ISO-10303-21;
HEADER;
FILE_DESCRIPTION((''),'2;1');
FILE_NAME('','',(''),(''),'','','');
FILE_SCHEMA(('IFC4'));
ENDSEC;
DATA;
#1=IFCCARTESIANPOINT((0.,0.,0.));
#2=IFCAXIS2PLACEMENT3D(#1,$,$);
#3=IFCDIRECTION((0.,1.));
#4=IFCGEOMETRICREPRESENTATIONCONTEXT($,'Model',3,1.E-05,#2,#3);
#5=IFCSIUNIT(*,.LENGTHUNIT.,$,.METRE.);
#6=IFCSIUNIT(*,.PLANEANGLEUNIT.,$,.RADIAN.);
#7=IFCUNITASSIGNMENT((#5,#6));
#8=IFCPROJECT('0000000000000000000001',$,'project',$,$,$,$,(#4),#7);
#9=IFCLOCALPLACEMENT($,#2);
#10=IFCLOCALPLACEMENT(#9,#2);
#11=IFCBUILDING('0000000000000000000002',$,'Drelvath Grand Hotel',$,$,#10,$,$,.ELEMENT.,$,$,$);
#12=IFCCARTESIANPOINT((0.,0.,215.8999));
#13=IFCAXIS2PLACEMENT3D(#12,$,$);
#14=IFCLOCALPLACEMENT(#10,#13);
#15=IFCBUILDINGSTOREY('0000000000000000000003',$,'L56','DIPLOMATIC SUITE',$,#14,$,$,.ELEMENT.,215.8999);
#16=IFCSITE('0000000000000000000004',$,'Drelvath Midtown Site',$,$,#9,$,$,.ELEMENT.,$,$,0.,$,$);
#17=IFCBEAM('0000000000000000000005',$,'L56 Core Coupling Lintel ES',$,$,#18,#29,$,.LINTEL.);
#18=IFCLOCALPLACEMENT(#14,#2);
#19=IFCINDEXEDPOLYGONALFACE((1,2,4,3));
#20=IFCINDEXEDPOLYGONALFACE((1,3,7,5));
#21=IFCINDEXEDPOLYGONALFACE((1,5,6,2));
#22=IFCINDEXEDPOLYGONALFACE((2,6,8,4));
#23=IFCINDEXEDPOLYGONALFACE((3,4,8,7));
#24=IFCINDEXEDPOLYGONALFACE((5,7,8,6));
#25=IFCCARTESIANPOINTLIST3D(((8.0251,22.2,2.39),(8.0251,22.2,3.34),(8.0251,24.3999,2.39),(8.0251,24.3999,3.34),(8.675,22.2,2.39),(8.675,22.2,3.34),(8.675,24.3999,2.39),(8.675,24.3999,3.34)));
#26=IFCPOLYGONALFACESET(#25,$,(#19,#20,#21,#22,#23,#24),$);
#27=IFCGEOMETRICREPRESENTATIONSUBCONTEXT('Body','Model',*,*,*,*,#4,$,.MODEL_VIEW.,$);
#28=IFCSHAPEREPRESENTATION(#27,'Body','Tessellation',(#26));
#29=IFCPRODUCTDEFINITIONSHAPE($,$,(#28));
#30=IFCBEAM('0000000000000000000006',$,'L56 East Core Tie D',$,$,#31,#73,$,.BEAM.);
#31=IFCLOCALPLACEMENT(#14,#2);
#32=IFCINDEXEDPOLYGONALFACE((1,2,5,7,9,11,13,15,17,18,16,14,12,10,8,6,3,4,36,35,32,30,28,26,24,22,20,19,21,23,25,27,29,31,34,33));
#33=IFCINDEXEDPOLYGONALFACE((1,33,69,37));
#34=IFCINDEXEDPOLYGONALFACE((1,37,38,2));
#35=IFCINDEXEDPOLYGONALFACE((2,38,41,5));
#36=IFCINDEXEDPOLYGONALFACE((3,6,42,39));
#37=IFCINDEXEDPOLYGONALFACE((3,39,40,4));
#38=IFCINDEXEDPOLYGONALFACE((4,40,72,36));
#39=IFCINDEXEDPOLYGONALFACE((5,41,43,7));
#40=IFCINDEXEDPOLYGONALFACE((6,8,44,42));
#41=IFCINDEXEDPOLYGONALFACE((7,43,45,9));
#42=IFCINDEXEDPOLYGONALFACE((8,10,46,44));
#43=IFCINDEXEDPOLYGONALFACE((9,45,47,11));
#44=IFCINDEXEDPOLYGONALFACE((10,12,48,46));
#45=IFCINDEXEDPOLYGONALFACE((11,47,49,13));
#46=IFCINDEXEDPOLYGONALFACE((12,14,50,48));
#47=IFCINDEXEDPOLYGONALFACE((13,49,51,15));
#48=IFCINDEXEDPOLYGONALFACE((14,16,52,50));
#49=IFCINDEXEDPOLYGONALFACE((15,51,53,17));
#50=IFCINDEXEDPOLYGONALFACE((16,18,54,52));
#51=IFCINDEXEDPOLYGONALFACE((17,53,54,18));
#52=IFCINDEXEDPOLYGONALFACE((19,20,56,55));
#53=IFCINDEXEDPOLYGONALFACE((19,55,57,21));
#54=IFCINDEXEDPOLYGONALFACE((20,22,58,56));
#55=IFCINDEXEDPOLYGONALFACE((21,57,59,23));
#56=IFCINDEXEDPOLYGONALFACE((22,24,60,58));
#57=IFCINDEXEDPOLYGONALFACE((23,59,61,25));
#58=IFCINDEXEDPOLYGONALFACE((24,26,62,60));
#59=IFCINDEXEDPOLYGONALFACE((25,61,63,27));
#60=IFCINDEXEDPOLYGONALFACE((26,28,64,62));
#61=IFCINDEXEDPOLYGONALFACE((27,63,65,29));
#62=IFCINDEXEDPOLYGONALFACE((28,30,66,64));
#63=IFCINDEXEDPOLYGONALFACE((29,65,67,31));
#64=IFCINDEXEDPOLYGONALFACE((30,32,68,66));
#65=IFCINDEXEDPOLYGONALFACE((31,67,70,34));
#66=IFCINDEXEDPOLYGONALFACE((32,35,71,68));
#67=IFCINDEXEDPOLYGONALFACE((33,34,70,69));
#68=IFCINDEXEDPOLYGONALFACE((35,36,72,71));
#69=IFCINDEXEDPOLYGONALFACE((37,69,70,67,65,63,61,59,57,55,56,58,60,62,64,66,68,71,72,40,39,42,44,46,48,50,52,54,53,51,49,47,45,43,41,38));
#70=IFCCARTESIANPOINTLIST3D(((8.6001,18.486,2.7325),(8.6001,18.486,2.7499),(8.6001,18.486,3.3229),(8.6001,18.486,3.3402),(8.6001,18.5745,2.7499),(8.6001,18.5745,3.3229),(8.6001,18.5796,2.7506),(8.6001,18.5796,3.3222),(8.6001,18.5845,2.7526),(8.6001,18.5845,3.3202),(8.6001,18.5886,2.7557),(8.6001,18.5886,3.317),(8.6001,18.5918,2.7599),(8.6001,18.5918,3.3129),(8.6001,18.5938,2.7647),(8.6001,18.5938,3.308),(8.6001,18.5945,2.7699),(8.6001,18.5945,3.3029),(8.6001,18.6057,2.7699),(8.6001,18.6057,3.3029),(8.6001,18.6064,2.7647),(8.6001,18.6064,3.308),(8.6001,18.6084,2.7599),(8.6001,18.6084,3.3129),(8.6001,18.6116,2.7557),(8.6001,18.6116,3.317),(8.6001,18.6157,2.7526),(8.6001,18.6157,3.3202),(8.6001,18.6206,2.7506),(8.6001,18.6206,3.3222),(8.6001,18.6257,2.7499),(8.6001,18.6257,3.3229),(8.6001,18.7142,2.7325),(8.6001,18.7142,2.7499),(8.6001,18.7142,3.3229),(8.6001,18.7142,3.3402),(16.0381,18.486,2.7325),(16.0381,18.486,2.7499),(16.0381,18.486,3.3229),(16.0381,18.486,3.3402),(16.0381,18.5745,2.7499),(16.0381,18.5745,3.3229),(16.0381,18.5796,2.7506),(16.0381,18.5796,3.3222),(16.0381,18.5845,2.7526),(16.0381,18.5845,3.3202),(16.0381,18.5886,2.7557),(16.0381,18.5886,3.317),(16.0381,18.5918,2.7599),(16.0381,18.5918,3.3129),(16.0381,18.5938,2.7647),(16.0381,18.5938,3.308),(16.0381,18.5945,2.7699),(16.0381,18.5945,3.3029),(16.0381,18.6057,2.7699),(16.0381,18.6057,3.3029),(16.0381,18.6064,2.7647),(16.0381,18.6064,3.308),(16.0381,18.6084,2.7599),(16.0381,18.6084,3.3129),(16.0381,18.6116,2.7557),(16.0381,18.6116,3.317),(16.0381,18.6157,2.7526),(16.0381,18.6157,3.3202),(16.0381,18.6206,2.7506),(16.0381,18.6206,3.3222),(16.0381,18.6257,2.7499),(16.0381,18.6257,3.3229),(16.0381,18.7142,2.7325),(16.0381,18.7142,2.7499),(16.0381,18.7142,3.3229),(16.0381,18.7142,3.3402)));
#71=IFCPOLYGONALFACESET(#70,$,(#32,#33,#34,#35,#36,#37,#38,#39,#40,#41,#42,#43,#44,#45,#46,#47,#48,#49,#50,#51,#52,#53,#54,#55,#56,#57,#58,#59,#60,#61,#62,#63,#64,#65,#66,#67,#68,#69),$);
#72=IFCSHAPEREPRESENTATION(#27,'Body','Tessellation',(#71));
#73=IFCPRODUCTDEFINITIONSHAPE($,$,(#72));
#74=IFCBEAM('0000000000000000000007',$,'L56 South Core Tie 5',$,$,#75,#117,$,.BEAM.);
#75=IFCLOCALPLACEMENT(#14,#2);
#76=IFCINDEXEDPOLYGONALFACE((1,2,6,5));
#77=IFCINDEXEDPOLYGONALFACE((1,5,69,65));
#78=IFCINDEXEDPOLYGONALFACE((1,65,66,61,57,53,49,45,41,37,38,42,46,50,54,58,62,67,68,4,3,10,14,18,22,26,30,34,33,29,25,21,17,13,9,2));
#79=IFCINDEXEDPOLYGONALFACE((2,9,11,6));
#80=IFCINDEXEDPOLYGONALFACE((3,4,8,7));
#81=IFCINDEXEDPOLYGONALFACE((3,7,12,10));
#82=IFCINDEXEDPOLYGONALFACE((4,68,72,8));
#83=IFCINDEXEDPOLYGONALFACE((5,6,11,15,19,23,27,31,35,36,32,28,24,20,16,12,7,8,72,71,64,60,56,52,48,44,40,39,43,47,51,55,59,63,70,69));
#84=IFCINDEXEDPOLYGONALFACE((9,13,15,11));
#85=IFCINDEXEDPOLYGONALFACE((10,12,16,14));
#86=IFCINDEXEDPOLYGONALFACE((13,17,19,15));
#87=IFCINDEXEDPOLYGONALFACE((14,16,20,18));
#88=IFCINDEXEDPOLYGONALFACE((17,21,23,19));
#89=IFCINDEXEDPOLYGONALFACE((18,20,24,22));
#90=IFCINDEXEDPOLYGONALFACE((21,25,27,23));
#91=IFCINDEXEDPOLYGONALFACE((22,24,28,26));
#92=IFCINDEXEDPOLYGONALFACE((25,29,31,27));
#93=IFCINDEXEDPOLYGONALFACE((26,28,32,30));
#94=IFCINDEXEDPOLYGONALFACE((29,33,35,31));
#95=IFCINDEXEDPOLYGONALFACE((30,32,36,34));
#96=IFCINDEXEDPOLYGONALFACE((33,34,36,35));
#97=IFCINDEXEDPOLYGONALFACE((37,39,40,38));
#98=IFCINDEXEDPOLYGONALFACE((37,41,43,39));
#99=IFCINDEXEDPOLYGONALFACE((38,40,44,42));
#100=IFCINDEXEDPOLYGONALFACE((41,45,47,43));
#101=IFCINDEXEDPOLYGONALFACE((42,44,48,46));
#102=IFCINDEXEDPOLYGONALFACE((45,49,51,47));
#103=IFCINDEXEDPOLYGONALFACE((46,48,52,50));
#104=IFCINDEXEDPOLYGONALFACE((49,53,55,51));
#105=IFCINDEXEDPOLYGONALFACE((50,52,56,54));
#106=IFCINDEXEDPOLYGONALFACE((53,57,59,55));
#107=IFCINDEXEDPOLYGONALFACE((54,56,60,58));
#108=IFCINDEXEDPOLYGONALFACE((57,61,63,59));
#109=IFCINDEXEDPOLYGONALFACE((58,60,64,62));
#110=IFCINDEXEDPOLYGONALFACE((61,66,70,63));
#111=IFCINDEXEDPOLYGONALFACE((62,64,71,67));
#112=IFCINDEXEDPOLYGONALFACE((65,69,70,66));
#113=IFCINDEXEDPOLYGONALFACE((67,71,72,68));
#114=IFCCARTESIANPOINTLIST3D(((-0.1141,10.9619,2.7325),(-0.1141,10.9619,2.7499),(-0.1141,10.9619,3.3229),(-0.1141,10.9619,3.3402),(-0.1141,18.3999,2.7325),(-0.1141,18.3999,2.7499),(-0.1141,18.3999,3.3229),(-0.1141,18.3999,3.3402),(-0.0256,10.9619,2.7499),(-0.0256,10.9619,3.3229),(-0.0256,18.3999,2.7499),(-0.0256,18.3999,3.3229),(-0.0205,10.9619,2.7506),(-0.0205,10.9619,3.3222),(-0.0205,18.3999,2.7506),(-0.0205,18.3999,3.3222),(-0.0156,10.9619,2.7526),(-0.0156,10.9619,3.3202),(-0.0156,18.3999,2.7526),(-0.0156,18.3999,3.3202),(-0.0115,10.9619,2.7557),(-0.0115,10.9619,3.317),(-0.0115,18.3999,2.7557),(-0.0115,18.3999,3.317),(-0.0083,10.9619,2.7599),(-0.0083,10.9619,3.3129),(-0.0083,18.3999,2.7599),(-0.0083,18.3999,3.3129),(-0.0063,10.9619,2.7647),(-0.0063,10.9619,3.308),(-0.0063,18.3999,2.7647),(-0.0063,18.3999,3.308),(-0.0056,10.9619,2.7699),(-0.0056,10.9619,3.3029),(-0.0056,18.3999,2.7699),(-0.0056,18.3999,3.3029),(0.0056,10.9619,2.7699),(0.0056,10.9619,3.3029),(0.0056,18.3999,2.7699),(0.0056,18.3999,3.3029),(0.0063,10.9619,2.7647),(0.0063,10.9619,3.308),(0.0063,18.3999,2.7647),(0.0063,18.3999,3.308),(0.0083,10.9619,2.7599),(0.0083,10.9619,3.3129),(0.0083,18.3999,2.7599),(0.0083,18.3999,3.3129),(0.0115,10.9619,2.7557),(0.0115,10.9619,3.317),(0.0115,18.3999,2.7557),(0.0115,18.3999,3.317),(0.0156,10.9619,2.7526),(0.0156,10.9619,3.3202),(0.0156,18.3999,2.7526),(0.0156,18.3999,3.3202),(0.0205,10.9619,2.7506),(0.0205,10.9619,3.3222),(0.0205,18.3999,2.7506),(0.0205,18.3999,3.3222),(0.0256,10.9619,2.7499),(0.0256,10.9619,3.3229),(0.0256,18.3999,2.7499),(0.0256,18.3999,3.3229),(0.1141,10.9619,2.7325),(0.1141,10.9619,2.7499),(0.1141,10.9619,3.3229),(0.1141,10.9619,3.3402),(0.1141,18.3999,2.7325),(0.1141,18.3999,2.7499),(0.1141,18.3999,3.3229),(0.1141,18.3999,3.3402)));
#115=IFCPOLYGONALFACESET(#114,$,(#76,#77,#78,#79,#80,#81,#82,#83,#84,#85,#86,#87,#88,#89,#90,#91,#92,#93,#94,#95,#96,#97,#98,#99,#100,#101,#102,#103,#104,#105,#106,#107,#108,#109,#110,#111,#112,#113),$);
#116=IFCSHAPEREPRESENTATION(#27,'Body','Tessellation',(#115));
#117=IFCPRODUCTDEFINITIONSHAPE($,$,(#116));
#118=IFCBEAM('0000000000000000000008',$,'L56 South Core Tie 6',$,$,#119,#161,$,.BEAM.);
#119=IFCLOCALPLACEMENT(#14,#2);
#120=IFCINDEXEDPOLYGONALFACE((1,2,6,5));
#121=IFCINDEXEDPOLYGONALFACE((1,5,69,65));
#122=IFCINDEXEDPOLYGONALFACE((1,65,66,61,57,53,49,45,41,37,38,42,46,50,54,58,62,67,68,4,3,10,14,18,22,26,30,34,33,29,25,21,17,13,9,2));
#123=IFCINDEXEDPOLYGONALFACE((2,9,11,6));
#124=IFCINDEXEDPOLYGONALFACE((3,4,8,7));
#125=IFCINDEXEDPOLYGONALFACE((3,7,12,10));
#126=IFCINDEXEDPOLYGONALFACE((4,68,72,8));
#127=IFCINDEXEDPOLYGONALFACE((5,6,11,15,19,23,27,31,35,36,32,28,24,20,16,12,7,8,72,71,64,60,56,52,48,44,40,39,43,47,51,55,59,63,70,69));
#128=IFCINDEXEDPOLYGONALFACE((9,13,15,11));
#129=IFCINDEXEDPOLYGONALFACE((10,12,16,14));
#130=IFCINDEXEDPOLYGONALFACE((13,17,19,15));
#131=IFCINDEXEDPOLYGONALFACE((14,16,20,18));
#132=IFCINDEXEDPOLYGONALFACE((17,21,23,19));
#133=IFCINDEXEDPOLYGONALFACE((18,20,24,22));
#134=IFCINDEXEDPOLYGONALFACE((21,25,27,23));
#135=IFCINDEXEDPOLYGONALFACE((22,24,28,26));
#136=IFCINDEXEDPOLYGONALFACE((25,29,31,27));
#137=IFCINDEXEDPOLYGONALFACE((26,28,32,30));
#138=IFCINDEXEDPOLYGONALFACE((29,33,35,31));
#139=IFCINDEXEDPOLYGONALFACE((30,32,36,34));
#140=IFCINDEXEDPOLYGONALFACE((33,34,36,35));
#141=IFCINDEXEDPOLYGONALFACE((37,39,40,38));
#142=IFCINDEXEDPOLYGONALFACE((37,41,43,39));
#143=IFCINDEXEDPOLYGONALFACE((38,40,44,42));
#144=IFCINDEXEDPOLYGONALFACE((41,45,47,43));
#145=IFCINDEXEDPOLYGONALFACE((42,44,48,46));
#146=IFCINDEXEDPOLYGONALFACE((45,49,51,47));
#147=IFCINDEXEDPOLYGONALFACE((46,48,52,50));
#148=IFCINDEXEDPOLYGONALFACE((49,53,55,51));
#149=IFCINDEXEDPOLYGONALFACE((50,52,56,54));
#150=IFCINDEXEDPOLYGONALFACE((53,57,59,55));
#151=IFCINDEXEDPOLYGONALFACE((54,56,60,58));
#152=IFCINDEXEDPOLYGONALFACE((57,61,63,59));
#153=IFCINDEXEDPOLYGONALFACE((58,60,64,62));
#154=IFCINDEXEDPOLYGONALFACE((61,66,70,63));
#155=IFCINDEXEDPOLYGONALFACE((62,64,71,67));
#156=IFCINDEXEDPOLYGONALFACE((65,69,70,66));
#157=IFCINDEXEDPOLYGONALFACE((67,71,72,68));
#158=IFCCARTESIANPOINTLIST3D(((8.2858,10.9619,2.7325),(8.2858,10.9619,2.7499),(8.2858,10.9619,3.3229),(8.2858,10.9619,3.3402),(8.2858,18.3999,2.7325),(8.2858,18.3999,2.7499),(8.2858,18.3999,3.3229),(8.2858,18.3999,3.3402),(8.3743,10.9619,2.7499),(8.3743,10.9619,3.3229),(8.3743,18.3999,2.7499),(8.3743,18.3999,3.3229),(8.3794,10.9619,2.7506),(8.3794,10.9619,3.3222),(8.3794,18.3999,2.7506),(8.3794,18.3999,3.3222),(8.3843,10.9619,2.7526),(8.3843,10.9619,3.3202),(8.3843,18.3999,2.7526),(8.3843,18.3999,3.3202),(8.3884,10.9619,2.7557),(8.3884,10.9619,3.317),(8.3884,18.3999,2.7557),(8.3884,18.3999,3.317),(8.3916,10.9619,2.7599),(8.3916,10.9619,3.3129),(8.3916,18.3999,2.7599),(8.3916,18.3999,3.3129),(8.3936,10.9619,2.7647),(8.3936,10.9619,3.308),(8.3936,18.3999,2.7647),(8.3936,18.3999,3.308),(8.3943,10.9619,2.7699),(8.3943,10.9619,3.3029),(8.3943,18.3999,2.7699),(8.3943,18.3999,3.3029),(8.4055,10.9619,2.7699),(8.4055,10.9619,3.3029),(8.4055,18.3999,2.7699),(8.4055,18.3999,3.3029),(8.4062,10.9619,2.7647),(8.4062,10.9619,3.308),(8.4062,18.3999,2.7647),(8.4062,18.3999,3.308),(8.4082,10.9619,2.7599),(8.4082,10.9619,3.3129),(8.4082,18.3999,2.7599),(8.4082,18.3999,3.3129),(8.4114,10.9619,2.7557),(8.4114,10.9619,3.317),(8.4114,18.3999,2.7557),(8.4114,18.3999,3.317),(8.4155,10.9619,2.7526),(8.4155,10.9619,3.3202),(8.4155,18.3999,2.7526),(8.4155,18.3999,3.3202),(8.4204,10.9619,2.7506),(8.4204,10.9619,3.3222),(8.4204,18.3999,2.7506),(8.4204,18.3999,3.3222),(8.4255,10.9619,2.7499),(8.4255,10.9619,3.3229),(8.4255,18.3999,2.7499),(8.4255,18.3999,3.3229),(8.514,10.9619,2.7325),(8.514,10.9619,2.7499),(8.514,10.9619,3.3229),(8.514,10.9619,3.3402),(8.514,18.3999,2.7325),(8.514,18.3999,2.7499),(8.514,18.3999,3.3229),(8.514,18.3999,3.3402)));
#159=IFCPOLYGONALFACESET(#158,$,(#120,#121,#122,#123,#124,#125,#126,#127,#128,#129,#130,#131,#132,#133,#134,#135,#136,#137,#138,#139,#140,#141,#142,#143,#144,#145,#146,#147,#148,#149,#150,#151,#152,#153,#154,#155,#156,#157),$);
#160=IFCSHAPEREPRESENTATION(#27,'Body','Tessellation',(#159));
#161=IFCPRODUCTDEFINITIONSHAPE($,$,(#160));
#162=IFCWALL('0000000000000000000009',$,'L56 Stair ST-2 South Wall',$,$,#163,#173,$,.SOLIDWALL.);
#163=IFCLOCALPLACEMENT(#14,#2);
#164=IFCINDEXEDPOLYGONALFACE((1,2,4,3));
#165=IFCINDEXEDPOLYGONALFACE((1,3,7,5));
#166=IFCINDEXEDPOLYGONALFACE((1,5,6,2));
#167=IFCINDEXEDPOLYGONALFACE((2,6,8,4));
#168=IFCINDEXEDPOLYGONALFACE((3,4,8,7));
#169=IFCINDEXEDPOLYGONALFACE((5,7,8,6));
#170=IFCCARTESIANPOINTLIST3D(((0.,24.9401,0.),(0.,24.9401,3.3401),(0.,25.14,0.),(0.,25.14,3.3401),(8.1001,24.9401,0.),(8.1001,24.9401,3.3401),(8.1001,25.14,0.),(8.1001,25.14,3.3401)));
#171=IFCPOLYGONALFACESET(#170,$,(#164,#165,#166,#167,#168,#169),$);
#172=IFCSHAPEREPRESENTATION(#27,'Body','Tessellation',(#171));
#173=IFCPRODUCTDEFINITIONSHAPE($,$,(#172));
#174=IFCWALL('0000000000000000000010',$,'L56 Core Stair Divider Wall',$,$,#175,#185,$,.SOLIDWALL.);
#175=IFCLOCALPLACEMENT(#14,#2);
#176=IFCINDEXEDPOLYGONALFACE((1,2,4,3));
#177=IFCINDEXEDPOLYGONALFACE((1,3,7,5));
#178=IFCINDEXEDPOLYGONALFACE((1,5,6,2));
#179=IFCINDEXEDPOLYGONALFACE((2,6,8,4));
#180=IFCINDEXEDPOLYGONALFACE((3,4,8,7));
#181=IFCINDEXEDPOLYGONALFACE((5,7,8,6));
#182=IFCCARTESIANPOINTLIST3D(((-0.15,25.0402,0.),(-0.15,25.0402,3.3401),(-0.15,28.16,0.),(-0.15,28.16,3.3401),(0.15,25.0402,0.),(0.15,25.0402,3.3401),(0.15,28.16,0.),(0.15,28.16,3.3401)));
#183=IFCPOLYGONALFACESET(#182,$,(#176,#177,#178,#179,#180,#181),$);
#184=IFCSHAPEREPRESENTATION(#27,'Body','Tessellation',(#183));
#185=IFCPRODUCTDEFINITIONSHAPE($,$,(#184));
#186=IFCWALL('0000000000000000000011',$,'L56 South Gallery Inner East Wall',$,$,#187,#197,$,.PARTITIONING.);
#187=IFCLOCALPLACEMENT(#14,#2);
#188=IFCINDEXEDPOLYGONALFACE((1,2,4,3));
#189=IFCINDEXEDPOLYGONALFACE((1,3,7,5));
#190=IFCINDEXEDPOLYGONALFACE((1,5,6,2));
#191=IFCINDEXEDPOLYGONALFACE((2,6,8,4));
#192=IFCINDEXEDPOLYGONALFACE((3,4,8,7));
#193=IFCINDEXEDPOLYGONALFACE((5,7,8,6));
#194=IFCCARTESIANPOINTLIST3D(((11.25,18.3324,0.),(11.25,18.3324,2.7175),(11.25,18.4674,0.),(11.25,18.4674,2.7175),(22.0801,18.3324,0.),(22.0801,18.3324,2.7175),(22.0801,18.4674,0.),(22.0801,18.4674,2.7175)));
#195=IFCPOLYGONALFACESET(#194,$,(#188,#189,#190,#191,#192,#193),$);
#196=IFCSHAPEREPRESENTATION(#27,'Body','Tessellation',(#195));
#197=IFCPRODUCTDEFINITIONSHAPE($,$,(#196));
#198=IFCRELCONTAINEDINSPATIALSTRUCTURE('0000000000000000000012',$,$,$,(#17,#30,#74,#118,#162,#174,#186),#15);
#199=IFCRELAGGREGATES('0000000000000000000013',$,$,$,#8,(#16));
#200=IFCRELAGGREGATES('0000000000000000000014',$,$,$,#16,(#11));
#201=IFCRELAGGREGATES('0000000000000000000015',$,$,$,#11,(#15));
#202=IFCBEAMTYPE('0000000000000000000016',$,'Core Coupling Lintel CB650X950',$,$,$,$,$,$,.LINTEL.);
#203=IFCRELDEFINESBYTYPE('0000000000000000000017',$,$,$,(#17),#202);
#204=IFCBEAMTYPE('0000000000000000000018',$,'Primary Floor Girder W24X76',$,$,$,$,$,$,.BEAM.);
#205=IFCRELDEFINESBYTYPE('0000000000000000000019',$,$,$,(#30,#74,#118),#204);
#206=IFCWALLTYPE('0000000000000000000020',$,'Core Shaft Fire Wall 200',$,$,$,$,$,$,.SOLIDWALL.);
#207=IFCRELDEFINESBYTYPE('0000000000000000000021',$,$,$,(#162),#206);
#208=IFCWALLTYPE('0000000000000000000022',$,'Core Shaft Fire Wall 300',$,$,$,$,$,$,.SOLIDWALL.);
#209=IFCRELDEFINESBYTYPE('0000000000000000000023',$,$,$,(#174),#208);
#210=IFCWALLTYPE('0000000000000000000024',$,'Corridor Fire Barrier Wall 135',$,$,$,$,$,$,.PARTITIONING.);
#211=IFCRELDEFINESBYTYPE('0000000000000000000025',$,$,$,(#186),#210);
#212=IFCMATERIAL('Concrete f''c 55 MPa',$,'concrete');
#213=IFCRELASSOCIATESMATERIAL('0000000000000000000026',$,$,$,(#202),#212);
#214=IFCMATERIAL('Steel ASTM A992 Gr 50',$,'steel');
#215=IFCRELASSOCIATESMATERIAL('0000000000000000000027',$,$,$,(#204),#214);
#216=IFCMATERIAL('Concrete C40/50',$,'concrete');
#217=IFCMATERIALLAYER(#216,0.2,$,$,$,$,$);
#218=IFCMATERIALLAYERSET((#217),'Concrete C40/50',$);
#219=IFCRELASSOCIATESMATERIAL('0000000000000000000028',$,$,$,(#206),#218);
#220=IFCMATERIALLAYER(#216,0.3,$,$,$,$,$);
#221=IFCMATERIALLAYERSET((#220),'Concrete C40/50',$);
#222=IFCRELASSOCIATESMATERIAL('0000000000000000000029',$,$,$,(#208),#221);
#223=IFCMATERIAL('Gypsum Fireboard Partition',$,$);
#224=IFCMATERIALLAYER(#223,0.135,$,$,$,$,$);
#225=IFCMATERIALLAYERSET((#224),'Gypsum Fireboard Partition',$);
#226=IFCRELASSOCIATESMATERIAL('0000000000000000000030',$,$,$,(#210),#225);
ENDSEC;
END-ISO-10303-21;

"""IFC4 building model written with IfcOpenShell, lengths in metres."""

from ifc_helpers import new_model, si_unit, direction, frame, frame_2d, origin, origin_2d, place, context, subcontext, project, spatial, rectangle, i_section, extrude, material, layer, layer_set, material_profile, profile_set, type_object, element, save


model = new_model("IFC4")

# Units and contexts
model_context = context("Model", 3, precision=1e-05, world=origin(), true_north=direction((0.0, 1.0)))
body_context = subcontext(model_context, "Body", "Model", "MODEL_VIEW")
ifc_project = project(units=[si_unit("LENGTHUNIT", "METRE"), si_unit("PLANEANGLEUNIT", "RADIAN")], contexts=[model_context])

# Site, building, storey
site_placement = place(None, origin())
site = spatial("IfcSite", under=ifc_project, at=site_placement, Name="Drelvath Midtown Site", CompositionType="ELEMENT", RefElevation=0.0)
building_placement = place(site_placement, origin())
building = spatial("IfcBuilding", under=site, at=building_placement, Name="Drelvath Grand Hotel", CompositionType="ELEMENT")
storey_placement = place(building_placement, frame((0.0, 0.0, 215.8999)))
storey = spatial("IfcBuildingStorey", under=building, at=storey_placement, Name="L56", Description="DIPLOMATIC SUITE", CompositionType="ELEMENT", Elevation=215.8999)

# Beams
ifc_material_1 = material(Name="Concrete f'c 55 MPa", Category="concrete")
ifc_material_profile_1 = material_profile(ifc_material_1, rectangle(XDim=0.6499, YDim=0.95, at=origin_2d()), Name="CB650X950")
ifc_profile_set_1 = profile_set([ifc_material_profile_1], Name="Concrete f'c 55 MPa")
beam_type_1 = type_object("IfcBeamType", Name="Core Coupling Lintel CB650X950", PredefinedType="LINTEL", material=ifc_profile_set_1)
beam_placement = place(storey_placement, frame((8.3501, 22.2, 2.865), z_axis=(0.0, 1.0, 0.0), x_axis=(-1.0, 0.0, 0.0)))
element("IfcBeam", 1, at=beam_placement, inside=storey, type_object=beam_type_1, Name="L56 Core Coupling Lintel ES", PredefinedType="LINTEL", context=body_context, shape_type="SweptSolid", body=[
    extrude(rectangle(XDim=0.6499, YDim=0.95, at=origin_2d()), origin(), (0.0, 0.0, 1.0), 2.2),
])
ifc_material_2 = material(Name="Steel ASTM A992 Gr 50", Category="steel")
ifc_material_profile_2 = material_profile(ifc_material_2, i_section(OverallWidth=0.2283, OverallDepth=0.6077, WebThickness=0.0112, FlangeThickness=0.0173, FilletRadius=0.02, at=origin_2d()), Name="W24X76")
ifc_profile_set_2 = profile_set([ifc_material_profile_2], Name="Steel ASTM A992 Gr 50")
beam_type_2 = type_object("IfcBeamType", Name="Primary Floor Girder W24X76", PredefinedType="BEAM", material=ifc_profile_set_2)
for number, where, z_axis, x_axis, name in (
    (2, (8.6001, 18.6001, 3.0364), (1.0, 0.0, 0.0), (0.0, 1.0, 0.0), "L56 East Core Tie D"),
    (3, (0.0, 10.9619, 3.0364), (0.0, 1.0, 0.0), (-1.0, 0.0, 0.0), "L56 South Core Tie 5"),
    (4, (8.3999, 10.9619, 3.0364), (0.0, 1.0, 0.0), (-1.0, 0.0, 0.0), "L56 South Core Tie 6"),
):
    element("IfcBeam", number, at=place(storey_placement, frame(where, z_axis=z_axis, x_axis=x_axis)), inside=storey, type_object=beam_type_2, Name=name, PredefinedType="BEAM", context=body_context, shape_type="SweptSolid", body=[
        extrude(i_section(OverallWidth=0.2283, OverallDepth=0.6077, WebThickness=0.0112, FlangeThickness=0.0173, FilletRadius=0.02, at=origin_2d()), origin(), (0.0, 0.0, 1.0), 7.438),
    ])

# Walls
ifc_material_3 = material(Name="Concrete C40/50", Category="concrete")
ifc_layer_1 = layer(ifc_material_3, 0.2)
ifc_layer_set_1 = layer_set([ifc_layer_1], Name="Concrete C40/50")
wall_type_1 = type_object("IfcWallType", Name="Core Shaft Fire Wall 200", PredefinedType="SOLIDWALL", material=ifc_layer_set_1)
wall_1_placement = place(storey_placement, frame((0.0, 25.04, 0.0), z_axis=(0.0, 0.0, 1.0), x_axis=(1.0, 0.0, 0.0)))
element("IfcWall", 5, at=wall_1_placement, inside=storey, type_object=wall_type_1, Name="L56 Stair ST-2 South Wall", PredefinedType="SOLIDWALL", context=body_context, shape_type="SweptSolid", body=[
    extrude(rectangle(XDim=8.1001, YDim=0.2, at=frame_2d((4.05, 0.0))), origin(), (0.0, 0.0, 1.0), 3.3401),
])
ifc_layer_2 = layer(ifc_material_3, 0.3)
ifc_layer_set_2 = layer_set([ifc_layer_2], Name="Concrete C40/50")
wall_type_2 = type_object("IfcWallType", Name="Core Shaft Fire Wall 300", PredefinedType="SOLIDWALL", material=ifc_layer_set_2)
wall_2_placement = place(storey_placement, frame((0.0, 25.04, 0.0), z_axis=(0.0, 0.0, 1.0), x_axis=(0.0, 1.0, 0.0)))
element("IfcWall", 6, at=wall_2_placement, inside=storey, type_object=wall_type_2, Name="L56 Core Stair Divider Wall", PredefinedType="SOLIDWALL", context=body_context, shape_type="SweptSolid", body=[
    extrude(rectangle(XDim=3.1199, YDim=0.3, at=frame_2d((1.5601, 0.0))), origin(), (0.0, 0.0, 1.0), 3.3401),
])
ifc_material_4 = material(Name="Gypsum Fireboard Partition")
ifc_layer_3 = layer(ifc_material_4, 0.135)
ifc_layer_set_3 = layer_set([ifc_layer_3], Name="Gypsum Fireboard Partition")
wall_type_3 = type_object("IfcWallType", Name="Corridor Fire Barrier Wall 135", PredefinedType="PARTITIONING", material=ifc_layer_set_3)
wall_3_placement = place(storey_placement, frame((11.25, 18.3999, 0.0), z_axis=(0.0, 0.0, 1.0), x_axis=(1.0, 0.0, 0.0)))
element("IfcWall", 7, at=wall_3_placement, inside=storey, type_object=wall_type_3, Name="L56 South Gallery Inner East Wall", PredefinedType="PARTITIONING", context=body_context, shape_type="SweptSolid", body=[
    extrude(rectangle(XDim=10.8301, YDim=0.135, at=frame_2d((5.415, 0.0))), origin(), (0.0, 0.0, 1.0), 2.7175),
])

save(model, "model.ifc")
